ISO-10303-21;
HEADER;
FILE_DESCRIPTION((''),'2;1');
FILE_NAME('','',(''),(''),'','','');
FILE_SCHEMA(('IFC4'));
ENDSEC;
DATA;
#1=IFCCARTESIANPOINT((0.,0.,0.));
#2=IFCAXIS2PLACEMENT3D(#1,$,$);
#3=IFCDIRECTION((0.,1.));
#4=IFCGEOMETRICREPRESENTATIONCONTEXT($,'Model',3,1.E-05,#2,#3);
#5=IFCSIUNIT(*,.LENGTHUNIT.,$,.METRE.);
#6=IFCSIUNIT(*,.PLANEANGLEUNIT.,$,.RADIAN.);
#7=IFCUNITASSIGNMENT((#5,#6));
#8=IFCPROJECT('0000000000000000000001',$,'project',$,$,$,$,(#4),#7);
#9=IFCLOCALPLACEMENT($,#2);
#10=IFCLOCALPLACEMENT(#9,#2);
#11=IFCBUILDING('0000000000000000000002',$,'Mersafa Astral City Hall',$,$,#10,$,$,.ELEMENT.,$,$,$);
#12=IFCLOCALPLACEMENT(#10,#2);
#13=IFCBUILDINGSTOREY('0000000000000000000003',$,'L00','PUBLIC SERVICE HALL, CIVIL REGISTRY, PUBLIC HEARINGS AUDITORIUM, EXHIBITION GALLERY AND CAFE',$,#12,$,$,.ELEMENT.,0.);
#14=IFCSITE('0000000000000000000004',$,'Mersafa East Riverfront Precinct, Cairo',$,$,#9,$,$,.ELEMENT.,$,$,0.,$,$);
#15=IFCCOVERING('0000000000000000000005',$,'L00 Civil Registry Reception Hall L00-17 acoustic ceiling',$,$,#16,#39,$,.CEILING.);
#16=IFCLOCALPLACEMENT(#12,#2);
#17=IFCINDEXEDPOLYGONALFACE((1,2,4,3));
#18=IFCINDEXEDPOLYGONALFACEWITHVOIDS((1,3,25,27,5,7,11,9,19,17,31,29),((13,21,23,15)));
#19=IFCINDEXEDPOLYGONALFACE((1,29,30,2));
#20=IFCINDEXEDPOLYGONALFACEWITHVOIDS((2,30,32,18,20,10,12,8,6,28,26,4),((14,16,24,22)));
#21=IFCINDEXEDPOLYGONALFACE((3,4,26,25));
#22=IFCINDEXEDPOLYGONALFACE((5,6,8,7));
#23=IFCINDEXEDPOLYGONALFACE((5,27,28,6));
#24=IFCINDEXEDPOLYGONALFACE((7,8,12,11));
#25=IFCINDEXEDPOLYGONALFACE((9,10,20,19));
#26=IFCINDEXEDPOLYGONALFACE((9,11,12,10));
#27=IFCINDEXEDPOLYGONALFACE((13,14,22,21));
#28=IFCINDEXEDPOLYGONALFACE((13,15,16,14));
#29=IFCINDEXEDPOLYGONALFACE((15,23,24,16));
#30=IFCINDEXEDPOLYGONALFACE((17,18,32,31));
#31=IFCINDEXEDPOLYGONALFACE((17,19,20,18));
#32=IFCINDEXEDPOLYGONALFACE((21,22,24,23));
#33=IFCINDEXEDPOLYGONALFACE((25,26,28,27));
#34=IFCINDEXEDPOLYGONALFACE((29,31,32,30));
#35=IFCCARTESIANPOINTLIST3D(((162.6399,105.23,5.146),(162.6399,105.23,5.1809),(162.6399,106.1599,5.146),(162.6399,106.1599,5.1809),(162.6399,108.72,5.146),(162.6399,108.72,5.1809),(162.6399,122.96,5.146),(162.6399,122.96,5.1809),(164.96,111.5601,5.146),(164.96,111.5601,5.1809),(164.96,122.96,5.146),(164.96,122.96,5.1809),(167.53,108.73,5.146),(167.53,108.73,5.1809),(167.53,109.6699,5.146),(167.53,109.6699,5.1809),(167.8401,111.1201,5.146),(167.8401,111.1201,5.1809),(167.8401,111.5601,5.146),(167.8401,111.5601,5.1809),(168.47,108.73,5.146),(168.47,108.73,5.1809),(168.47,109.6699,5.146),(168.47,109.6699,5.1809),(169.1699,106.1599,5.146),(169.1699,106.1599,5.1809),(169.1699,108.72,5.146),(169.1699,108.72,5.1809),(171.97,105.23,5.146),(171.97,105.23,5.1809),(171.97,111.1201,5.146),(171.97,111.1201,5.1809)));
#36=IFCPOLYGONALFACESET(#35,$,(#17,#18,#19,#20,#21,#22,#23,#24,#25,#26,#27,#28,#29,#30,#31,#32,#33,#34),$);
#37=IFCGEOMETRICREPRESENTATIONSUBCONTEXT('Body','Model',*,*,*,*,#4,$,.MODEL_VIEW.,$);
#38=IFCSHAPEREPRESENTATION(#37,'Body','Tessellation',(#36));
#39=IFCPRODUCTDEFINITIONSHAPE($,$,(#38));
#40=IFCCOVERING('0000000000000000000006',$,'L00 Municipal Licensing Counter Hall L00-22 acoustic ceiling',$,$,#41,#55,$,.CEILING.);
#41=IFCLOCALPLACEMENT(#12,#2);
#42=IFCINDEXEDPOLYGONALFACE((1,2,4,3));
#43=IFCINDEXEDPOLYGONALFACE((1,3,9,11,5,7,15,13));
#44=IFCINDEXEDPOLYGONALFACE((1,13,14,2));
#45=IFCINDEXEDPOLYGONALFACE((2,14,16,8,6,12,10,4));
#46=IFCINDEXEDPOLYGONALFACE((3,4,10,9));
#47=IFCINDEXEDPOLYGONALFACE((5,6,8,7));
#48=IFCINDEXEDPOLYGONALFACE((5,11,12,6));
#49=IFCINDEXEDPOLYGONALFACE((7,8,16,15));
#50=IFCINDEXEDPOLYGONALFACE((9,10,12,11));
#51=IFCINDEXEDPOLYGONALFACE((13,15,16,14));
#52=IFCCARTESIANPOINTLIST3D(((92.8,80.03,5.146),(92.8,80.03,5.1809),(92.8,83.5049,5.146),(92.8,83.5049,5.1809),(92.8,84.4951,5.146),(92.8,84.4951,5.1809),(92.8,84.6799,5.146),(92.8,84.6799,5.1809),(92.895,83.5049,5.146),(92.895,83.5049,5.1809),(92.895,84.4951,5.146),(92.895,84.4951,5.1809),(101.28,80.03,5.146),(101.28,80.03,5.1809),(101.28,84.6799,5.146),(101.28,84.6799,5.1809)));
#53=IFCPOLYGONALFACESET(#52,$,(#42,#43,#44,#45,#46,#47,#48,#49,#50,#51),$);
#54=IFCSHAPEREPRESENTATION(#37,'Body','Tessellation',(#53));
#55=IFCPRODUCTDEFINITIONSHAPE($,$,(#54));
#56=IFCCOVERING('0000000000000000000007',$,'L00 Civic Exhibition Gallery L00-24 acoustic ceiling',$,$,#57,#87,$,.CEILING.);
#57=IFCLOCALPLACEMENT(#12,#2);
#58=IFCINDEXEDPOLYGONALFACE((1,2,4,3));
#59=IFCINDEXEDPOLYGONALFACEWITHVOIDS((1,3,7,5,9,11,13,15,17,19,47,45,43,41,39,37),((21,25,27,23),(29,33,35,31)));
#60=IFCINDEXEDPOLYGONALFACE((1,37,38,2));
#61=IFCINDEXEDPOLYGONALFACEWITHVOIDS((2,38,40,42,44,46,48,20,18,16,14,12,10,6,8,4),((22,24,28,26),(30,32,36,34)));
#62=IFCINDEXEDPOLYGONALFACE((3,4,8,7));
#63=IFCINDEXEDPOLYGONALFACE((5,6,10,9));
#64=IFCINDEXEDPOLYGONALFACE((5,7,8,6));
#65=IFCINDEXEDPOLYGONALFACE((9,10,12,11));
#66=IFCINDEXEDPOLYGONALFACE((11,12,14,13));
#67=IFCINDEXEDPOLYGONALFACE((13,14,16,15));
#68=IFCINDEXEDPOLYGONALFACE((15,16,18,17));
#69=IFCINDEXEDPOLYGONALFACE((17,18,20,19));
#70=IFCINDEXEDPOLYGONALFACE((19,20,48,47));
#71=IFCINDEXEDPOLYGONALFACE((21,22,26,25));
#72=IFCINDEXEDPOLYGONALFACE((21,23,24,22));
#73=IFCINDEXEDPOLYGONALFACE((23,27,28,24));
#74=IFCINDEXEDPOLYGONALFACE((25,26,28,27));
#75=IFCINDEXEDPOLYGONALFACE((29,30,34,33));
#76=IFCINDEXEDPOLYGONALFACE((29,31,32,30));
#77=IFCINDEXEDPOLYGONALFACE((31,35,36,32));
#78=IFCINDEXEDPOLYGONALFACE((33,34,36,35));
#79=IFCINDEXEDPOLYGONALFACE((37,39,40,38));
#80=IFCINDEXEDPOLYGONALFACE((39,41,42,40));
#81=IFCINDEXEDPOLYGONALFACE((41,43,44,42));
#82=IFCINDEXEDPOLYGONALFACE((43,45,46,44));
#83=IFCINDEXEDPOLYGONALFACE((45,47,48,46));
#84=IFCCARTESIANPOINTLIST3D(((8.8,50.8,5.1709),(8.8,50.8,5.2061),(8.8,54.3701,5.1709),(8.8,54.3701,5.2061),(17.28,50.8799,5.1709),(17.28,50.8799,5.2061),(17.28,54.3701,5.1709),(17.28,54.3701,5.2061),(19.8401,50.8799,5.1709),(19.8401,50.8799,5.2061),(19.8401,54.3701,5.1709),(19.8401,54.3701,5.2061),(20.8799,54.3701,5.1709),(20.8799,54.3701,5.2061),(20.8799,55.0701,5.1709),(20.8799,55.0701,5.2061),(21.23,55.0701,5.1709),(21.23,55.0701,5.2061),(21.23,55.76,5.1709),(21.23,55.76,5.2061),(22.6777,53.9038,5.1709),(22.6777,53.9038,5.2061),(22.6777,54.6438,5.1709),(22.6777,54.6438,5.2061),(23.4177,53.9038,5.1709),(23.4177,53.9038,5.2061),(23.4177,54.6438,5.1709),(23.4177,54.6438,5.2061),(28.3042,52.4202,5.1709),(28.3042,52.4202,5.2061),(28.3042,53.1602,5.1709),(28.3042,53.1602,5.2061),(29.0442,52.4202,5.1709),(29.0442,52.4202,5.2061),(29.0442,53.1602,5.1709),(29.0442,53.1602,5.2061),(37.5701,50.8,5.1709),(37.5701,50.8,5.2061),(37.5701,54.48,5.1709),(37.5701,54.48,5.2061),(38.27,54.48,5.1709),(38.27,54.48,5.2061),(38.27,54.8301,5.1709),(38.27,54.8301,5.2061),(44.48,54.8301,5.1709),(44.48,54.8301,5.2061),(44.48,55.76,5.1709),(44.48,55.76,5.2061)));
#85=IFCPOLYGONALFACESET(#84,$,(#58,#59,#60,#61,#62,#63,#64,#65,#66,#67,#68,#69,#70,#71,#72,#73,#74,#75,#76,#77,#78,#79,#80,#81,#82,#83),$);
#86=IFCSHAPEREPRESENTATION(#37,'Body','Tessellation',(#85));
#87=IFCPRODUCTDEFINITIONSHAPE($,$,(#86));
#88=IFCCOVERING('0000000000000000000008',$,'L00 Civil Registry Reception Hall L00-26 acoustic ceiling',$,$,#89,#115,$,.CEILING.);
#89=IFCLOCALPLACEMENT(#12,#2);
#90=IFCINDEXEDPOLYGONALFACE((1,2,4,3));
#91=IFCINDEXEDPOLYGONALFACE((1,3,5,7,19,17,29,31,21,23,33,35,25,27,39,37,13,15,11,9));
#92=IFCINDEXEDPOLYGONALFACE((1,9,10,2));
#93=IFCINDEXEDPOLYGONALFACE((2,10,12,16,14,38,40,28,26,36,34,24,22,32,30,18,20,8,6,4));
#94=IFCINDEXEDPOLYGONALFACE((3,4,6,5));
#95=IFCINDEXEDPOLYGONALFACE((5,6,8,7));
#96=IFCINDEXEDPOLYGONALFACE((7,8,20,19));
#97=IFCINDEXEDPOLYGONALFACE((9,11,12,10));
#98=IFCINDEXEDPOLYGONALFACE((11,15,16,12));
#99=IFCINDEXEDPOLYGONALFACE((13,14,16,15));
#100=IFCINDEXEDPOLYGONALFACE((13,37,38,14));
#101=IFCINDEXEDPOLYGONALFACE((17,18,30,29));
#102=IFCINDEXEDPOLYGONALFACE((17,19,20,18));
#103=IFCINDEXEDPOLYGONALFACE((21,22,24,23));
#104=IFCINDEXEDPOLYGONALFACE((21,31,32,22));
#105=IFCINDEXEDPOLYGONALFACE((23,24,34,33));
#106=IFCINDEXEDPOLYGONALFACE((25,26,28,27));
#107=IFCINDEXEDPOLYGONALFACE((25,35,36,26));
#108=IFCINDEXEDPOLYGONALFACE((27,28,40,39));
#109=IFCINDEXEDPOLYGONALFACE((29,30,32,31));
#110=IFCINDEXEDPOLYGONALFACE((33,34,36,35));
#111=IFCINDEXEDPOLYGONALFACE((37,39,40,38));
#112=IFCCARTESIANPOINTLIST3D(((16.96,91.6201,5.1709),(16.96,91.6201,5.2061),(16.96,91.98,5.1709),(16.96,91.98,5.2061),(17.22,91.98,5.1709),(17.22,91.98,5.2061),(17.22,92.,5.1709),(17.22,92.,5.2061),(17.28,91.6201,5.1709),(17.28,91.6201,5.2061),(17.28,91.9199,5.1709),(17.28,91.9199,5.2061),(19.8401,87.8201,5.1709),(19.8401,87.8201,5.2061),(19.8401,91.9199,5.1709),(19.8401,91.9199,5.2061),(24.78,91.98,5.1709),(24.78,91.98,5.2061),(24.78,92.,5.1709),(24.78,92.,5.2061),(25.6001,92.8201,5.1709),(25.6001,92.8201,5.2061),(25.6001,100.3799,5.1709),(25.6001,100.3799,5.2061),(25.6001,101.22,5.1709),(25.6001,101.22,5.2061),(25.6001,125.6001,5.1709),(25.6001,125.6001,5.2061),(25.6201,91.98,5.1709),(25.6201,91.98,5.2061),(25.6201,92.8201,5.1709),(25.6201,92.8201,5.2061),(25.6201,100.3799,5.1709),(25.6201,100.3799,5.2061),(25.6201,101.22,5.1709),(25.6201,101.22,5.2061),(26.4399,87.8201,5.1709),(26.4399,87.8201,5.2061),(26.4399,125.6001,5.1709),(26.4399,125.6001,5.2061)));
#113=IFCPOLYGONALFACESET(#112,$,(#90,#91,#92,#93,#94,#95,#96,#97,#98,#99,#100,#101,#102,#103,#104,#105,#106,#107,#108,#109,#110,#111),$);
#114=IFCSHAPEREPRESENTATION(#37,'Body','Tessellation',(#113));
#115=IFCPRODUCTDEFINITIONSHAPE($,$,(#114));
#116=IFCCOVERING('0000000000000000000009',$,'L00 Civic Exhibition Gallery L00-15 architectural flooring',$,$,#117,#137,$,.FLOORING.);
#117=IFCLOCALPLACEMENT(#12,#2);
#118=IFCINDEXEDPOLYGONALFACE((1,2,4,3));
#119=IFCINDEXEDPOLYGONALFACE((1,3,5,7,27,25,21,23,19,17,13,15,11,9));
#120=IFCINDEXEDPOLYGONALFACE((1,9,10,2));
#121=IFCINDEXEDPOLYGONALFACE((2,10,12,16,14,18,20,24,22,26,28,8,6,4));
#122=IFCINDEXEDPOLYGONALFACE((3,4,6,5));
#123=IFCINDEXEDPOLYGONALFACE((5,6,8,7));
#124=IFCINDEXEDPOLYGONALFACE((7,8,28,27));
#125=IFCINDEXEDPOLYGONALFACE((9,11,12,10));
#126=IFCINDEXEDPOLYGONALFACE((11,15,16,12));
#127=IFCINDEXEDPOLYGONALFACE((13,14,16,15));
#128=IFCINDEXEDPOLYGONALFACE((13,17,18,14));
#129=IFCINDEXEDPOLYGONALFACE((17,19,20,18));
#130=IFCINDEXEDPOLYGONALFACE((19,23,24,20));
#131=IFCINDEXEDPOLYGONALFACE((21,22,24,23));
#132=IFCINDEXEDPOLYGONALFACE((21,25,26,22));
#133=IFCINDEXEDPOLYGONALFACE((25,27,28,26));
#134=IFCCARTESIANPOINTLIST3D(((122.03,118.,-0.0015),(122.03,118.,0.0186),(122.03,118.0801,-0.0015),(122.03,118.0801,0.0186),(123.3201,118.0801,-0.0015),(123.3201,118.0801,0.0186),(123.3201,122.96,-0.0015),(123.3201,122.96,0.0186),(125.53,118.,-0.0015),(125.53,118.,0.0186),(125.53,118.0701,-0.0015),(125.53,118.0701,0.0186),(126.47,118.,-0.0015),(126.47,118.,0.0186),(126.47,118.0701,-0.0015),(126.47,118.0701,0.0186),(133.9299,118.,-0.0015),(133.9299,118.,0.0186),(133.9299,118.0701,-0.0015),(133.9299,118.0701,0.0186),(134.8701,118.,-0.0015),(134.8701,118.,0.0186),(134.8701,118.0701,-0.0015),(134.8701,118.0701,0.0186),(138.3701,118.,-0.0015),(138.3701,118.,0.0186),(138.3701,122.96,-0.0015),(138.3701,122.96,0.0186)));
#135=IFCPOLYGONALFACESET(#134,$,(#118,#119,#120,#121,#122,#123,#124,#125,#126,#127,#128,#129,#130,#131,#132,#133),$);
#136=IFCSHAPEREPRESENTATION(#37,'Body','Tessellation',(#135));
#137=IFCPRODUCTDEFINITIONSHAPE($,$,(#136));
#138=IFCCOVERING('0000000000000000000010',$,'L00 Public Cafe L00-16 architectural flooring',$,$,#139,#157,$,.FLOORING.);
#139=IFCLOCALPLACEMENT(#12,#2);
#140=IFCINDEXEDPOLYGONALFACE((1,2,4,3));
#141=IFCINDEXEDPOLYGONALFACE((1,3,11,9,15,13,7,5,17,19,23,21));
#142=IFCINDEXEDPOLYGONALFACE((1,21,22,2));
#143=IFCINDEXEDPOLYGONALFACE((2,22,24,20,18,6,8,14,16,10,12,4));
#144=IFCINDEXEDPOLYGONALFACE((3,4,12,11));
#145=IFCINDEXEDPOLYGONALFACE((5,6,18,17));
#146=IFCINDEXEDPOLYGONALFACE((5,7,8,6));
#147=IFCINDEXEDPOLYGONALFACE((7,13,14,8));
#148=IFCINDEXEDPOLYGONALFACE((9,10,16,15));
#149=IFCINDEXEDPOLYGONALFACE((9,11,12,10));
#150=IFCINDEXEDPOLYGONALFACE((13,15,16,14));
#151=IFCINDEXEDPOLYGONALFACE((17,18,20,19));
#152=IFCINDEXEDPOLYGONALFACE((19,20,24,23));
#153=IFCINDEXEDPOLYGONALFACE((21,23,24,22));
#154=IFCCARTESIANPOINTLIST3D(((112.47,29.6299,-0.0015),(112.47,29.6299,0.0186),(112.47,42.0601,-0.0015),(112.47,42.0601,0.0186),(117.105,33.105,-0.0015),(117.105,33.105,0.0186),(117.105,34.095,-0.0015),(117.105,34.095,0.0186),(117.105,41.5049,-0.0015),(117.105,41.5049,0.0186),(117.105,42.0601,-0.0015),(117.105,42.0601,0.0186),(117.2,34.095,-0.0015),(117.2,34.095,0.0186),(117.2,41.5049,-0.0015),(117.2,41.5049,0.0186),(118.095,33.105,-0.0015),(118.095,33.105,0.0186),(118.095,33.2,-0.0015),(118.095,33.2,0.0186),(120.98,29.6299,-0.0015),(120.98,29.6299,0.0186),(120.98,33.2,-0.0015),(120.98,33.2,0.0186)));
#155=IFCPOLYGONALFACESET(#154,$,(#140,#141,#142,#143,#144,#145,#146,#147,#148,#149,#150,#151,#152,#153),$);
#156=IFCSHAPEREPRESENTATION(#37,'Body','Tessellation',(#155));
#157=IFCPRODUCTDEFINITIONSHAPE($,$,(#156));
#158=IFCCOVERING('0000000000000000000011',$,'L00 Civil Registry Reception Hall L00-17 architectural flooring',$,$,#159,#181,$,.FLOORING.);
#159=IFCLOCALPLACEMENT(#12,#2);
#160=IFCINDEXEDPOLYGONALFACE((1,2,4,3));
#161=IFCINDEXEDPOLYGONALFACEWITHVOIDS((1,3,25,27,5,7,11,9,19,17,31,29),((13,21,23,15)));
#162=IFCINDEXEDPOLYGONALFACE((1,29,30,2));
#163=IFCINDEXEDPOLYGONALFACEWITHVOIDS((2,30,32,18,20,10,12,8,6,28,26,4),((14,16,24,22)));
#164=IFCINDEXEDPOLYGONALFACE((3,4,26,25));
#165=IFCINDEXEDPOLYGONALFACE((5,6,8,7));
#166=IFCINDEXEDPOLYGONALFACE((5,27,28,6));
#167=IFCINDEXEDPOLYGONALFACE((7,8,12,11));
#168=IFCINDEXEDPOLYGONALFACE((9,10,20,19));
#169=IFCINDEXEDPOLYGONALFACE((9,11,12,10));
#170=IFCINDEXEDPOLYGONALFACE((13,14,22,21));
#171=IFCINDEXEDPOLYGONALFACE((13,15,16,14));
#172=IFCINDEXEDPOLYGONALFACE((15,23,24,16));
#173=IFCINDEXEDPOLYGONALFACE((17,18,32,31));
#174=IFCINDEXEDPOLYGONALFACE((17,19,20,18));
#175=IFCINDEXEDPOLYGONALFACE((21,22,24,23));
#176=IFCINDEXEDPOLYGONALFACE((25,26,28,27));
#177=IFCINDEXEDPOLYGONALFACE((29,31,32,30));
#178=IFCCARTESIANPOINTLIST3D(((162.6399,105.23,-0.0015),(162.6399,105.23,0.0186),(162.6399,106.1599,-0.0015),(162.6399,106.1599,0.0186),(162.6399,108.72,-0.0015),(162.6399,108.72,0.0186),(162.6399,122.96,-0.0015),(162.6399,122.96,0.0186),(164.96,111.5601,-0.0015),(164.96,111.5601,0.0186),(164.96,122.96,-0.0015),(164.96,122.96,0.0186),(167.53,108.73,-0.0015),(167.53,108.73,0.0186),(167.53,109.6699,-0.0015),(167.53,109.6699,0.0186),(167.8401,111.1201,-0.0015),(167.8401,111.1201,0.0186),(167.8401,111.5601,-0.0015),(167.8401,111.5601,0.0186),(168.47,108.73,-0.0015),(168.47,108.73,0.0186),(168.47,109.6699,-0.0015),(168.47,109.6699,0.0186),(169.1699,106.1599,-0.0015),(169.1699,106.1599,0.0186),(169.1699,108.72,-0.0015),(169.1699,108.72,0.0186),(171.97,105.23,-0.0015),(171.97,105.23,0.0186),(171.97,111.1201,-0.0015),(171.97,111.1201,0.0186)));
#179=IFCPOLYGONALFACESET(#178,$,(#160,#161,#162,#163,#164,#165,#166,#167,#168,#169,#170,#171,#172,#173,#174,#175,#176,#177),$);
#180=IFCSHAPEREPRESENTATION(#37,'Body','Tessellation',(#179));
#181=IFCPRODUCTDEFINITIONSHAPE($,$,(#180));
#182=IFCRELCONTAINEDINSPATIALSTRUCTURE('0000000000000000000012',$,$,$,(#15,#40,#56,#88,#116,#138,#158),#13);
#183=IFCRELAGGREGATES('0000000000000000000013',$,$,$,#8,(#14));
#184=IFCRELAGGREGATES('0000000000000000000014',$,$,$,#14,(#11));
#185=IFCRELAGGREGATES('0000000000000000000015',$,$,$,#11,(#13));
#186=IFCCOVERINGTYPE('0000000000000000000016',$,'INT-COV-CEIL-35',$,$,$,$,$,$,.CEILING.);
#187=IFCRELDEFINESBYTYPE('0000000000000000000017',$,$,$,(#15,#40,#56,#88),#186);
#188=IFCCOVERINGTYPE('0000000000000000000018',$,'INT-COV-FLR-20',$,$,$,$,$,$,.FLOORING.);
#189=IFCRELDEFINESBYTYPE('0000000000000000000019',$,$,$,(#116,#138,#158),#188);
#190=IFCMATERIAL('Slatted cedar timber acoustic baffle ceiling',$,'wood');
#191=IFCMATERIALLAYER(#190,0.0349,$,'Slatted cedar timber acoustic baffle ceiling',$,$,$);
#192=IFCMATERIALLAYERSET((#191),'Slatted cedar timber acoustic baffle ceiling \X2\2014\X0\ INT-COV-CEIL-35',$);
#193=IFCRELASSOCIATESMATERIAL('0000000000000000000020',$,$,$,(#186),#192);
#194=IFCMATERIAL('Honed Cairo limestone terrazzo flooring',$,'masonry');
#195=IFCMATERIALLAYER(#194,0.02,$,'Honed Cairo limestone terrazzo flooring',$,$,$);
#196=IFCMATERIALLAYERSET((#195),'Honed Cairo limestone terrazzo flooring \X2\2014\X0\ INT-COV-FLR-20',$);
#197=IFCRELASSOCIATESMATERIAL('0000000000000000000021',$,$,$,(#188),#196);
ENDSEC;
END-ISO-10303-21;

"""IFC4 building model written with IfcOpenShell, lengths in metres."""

from ifc_helpers import new_model, si_unit, direction, frame, origin, place, context, subcontext, project, spatial, polyline, outline, extrude, material, layer, layer_set, type_object, element, save


model = new_model("IFC4")

# Units and contexts
model_context = context("Model", 3, precision=1e-05, world=origin(), true_north=direction((0.0, 1.0)))
body_context = subcontext(model_context, "Body", "Model", "MODEL_VIEW")
ifc_project = project(units=[si_unit("LENGTHUNIT", "METRE"), si_unit("PLANEANGLEUNIT", "RADIAN")], contexts=[model_context])

# Site, building, storey
site_placement = place(None, origin())
site = spatial("IfcSite", under=ifc_project, at=site_placement, Name="Mersafa East Riverfront Precinct, Cairo", CompositionType="ELEMENT", RefElevation=0.0)
building_placement = place(site_placement, origin())
building = spatial("IfcBuilding", under=site, at=building_placement, Name="Mersafa Astral City Hall", CompositionType="ELEMENT")
storey_placement = place(building_placement, origin())
storey = spatial("IfcBuildingStorey", under=building, at=storey_placement, Name="L00", Description="PUBLIC SERVICE HALL, CIVIL REGISTRY, PUBLIC HEARINGS AUDITORIUM, EXHIBITION GALLERY AND CAFE", CompositionType="ELEMENT", Elevation=0.0)

# Coverings
ifc_material_1 = material(Name="Slatted cedar timber acoustic baffle ceiling", Category="wood")
ifc_layer_1 = layer(ifc_material_1, 0.0349, Name="Slatted cedar timber acoustic baffle ceiling")
ifc_layer_set_1 = layer_set([ifc_layer_1], Name="Slatted cedar timber acoustic baffle ceiling — INT-COV-CEIL-35")
covering_type_1 = type_object("IfcCoveringType", Name="INT-COV-CEIL-35", PredefinedType="CEILING", material=ifc_layer_set_1)
covering_1_placement = place(storey_placement, frame((0.0, 0.0, 5.146)))
element("IfcCovering", 1, at=covering_1_placement, inside=storey, type_object=covering_type_1, Name="L00 Civil Registry Reception Hall L00-17 acoustic ceiling", PredefinedType="CEILING", context=body_context, shape_type="SweptSolid", body=[
    extrude(outline(polyline([(169.1699, 108.72), (162.6399, 108.72), (162.6399, 122.96), (164.96, 122.96), (164.96, 111.5601), (167.8401, 111.5601), (167.8401, 111.1201), (171.97, 111.1201), (171.97, 105.23), (162.6399, 105.23), (162.6399, 106.1599), (169.1699, 106.1599), (169.1699, 108.72)]), holes=[polyline([(168.47, 108.73), (168.47, 109.6699), (167.53, 109.6699), (167.53, 108.73), (168.47, 108.73)])]), origin(), (0.0, 0.0, 1.0), 0.0349),
])
covering_2_placement = place(storey_placement, frame((0.0, 0.0, 5.146)))
element("IfcCovering", 2, at=covering_2_placement, inside=storey, type_object=covering_type_1, Name="L00 Municipal Licensing Counter Hall L00-22 acoustic ceiling", PredefinedType="CEILING", context=body_context, shape_type="SweptSolid", body=[
    extrude(outline(polyline([(92.895, 83.5049), (92.895, 84.4951), (92.8, 84.4951), (92.8, 84.6799), (101.28, 84.6799), (101.28, 80.03), (92.8, 80.03), (92.8, 83.5049), (92.895, 83.5049)])), origin(), (0.0, 0.0, 1.0), 0.0349),
])
covering_3_placement = place(storey_placement, frame((0.0, 0.0, 5.1709)))
element("IfcCovering", 3, at=covering_3_placement, inside=storey, type_object=covering_type_1, Name="L00 Civic Exhibition Gallery L00-24 acoustic ceiling", PredefinedType="CEILING", context=body_context, shape_type="SweptSolid", body=[
    extrude(outline(polyline([(44.48, 55.76), (44.48, 54.8301), (38.27, 54.8301), (38.27, 54.48), (37.5701, 54.48), (37.5701, 50.8), (8.8, 50.8), (8.8, 54.3701), (17.28, 54.3701), (17.28, 50.8799), (19.8401, 50.8799), (19.8401, 54.3701), (20.8799, 54.3701), (20.8799, 55.0701), (21.23, 55.0701), (21.23, 55.76), (44.48, 55.76)]), holes=[polyline([(28.3042, 52.4202), (29.0442, 52.4202), (29.0442, 53.1602), (28.3042, 53.1602), (28.3042, 52.4202)]), polyline([(22.6777, 53.9038), (23.4177, 53.9038), (23.4177, 54.6438), (22.6777, 54.6438), (22.6777, 53.9038)])]), origin(), (0.0, 0.0, 1.0), 0.0352),
])
covering_4_placement = place(storey_placement, frame((0.0, 0.0, 5.1709)))
element("IfcCovering", 4, at=covering_4_placement, inside=storey, type_object=covering_type_1, Name="L00 Civil Registry Reception Hall L00-26 acoustic ceiling", PredefinedType="CEILING", context=body_context, shape_type="SweptSolid", body=[
    extrude(outline(polyline([(24.78, 92.0), (24.78, 91.98), (25.6201, 91.98), (25.6201, 92.8201), (25.6001, 92.8201), (25.6001, 100.3799), (25.6201, 100.3799), (25.6201, 101.22), (25.6001, 101.22), (25.6001, 125.6001), (26.4399, 125.6001), (26.4399, 87.8201), (19.8401, 87.8201), (19.8401, 91.9199), (17.28, 91.9199), (17.28, 91.6201), (16.96, 91.6201), (16.96, 91.98), (17.22, 91.98), (17.22, 92.0), (24.78, 92.0)])), origin(), (0.0, 0.0, 1.0), 0.0352),
])
ifc_material_2 = material(Name="Honed Cairo limestone terrazzo flooring", Category="masonry")
ifc_layer_2 = layer(ifc_material_2, 0.02, Name="Honed Cairo limestone terrazzo flooring")
ifc_layer_set_2 = layer_set([ifc_layer_2], Name="Honed Cairo limestone terrazzo flooring — INT-COV-FLR-20")
covering_type_2 = type_object("IfcCoveringType", Name="INT-COV-FLR-20", PredefinedType="FLOORING", material=ifc_layer_set_2)
covering_5_placement = place(storey_placement, frame((0.0, 0.0, -0.0015)))
element("IfcCovering", 5, at=covering_5_placement, inside=storey, type_object=covering_type_2, Name="L00 Civic Exhibition Gallery L00-15 architectural flooring", PredefinedType="FLOORING", context=body_context, shape_type="SweptSolid", body=[
    extrude(outline(polyline([(138.3701, 122.96), (138.3701, 118.0), (134.8701, 118.0), (134.8701, 118.0701), (133.9299, 118.0701), (133.9299, 118.0), (126.47, 118.0), (126.47, 118.0701), (125.53, 118.0701), (125.53, 118.0), (122.03, 118.0), (122.03, 118.0801), (123.3201, 118.0801), (123.3201, 122.96), (138.3701, 122.96)])), origin(), (0.0, 0.0, 1.0), 0.02),
])
covering_6_placement = place(storey_placement, frame((0.0, 0.0, -0.0015)))
element("IfcCovering", 6, at=covering_6_placement, inside=storey, type_object=covering_type_2, Name="L00 Public Cafe L00-16 architectural flooring", PredefinedType="FLOORING", context=body_context, shape_type="SweptSolid", body=[
    extrude(outline(polyline([(117.105, 42.0601), (117.105, 41.5049), (117.2, 41.5049), (117.2, 34.095), (117.105, 34.095), (117.105, 33.105), (118.095, 33.105), (118.095, 33.2), (120.98, 33.2), (120.98, 29.6299), (112.47, 29.6299), (112.47, 42.0601), (117.105, 42.0601)])), origin(), (0.0, 0.0, 1.0), 0.02),
])
covering_7_placement = place(storey_placement, frame((0.0, 0.0, -0.0015)))
element("IfcCovering", 7, at=covering_7_placement, inside=storey, type_object=covering_type_2, Name="L00 Civil Registry Reception Hall L00-17 architectural flooring", PredefinedType="FLOORING", context=body_context, shape_type="SweptSolid", body=[
    extrude(outline(polyline([(169.1699, 108.72), (162.6399, 108.72), (162.6399, 122.96), (164.96, 122.96), (164.96, 111.5601), (167.8401, 111.5601), (167.8401, 111.1201), (171.97, 111.1201), (171.97, 105.23), (162.6399, 105.23), (162.6399, 106.1599), (169.1699, 106.1599), (169.1699, 108.72)]), holes=[polyline([(168.47, 108.73), (168.47, 109.6699), (167.53, 109.6699), (167.53, 108.73), (168.47, 108.73)])]), origin(), (0.0, 0.0, 1.0), 0.02),
])

save(model, "model.ifc")
